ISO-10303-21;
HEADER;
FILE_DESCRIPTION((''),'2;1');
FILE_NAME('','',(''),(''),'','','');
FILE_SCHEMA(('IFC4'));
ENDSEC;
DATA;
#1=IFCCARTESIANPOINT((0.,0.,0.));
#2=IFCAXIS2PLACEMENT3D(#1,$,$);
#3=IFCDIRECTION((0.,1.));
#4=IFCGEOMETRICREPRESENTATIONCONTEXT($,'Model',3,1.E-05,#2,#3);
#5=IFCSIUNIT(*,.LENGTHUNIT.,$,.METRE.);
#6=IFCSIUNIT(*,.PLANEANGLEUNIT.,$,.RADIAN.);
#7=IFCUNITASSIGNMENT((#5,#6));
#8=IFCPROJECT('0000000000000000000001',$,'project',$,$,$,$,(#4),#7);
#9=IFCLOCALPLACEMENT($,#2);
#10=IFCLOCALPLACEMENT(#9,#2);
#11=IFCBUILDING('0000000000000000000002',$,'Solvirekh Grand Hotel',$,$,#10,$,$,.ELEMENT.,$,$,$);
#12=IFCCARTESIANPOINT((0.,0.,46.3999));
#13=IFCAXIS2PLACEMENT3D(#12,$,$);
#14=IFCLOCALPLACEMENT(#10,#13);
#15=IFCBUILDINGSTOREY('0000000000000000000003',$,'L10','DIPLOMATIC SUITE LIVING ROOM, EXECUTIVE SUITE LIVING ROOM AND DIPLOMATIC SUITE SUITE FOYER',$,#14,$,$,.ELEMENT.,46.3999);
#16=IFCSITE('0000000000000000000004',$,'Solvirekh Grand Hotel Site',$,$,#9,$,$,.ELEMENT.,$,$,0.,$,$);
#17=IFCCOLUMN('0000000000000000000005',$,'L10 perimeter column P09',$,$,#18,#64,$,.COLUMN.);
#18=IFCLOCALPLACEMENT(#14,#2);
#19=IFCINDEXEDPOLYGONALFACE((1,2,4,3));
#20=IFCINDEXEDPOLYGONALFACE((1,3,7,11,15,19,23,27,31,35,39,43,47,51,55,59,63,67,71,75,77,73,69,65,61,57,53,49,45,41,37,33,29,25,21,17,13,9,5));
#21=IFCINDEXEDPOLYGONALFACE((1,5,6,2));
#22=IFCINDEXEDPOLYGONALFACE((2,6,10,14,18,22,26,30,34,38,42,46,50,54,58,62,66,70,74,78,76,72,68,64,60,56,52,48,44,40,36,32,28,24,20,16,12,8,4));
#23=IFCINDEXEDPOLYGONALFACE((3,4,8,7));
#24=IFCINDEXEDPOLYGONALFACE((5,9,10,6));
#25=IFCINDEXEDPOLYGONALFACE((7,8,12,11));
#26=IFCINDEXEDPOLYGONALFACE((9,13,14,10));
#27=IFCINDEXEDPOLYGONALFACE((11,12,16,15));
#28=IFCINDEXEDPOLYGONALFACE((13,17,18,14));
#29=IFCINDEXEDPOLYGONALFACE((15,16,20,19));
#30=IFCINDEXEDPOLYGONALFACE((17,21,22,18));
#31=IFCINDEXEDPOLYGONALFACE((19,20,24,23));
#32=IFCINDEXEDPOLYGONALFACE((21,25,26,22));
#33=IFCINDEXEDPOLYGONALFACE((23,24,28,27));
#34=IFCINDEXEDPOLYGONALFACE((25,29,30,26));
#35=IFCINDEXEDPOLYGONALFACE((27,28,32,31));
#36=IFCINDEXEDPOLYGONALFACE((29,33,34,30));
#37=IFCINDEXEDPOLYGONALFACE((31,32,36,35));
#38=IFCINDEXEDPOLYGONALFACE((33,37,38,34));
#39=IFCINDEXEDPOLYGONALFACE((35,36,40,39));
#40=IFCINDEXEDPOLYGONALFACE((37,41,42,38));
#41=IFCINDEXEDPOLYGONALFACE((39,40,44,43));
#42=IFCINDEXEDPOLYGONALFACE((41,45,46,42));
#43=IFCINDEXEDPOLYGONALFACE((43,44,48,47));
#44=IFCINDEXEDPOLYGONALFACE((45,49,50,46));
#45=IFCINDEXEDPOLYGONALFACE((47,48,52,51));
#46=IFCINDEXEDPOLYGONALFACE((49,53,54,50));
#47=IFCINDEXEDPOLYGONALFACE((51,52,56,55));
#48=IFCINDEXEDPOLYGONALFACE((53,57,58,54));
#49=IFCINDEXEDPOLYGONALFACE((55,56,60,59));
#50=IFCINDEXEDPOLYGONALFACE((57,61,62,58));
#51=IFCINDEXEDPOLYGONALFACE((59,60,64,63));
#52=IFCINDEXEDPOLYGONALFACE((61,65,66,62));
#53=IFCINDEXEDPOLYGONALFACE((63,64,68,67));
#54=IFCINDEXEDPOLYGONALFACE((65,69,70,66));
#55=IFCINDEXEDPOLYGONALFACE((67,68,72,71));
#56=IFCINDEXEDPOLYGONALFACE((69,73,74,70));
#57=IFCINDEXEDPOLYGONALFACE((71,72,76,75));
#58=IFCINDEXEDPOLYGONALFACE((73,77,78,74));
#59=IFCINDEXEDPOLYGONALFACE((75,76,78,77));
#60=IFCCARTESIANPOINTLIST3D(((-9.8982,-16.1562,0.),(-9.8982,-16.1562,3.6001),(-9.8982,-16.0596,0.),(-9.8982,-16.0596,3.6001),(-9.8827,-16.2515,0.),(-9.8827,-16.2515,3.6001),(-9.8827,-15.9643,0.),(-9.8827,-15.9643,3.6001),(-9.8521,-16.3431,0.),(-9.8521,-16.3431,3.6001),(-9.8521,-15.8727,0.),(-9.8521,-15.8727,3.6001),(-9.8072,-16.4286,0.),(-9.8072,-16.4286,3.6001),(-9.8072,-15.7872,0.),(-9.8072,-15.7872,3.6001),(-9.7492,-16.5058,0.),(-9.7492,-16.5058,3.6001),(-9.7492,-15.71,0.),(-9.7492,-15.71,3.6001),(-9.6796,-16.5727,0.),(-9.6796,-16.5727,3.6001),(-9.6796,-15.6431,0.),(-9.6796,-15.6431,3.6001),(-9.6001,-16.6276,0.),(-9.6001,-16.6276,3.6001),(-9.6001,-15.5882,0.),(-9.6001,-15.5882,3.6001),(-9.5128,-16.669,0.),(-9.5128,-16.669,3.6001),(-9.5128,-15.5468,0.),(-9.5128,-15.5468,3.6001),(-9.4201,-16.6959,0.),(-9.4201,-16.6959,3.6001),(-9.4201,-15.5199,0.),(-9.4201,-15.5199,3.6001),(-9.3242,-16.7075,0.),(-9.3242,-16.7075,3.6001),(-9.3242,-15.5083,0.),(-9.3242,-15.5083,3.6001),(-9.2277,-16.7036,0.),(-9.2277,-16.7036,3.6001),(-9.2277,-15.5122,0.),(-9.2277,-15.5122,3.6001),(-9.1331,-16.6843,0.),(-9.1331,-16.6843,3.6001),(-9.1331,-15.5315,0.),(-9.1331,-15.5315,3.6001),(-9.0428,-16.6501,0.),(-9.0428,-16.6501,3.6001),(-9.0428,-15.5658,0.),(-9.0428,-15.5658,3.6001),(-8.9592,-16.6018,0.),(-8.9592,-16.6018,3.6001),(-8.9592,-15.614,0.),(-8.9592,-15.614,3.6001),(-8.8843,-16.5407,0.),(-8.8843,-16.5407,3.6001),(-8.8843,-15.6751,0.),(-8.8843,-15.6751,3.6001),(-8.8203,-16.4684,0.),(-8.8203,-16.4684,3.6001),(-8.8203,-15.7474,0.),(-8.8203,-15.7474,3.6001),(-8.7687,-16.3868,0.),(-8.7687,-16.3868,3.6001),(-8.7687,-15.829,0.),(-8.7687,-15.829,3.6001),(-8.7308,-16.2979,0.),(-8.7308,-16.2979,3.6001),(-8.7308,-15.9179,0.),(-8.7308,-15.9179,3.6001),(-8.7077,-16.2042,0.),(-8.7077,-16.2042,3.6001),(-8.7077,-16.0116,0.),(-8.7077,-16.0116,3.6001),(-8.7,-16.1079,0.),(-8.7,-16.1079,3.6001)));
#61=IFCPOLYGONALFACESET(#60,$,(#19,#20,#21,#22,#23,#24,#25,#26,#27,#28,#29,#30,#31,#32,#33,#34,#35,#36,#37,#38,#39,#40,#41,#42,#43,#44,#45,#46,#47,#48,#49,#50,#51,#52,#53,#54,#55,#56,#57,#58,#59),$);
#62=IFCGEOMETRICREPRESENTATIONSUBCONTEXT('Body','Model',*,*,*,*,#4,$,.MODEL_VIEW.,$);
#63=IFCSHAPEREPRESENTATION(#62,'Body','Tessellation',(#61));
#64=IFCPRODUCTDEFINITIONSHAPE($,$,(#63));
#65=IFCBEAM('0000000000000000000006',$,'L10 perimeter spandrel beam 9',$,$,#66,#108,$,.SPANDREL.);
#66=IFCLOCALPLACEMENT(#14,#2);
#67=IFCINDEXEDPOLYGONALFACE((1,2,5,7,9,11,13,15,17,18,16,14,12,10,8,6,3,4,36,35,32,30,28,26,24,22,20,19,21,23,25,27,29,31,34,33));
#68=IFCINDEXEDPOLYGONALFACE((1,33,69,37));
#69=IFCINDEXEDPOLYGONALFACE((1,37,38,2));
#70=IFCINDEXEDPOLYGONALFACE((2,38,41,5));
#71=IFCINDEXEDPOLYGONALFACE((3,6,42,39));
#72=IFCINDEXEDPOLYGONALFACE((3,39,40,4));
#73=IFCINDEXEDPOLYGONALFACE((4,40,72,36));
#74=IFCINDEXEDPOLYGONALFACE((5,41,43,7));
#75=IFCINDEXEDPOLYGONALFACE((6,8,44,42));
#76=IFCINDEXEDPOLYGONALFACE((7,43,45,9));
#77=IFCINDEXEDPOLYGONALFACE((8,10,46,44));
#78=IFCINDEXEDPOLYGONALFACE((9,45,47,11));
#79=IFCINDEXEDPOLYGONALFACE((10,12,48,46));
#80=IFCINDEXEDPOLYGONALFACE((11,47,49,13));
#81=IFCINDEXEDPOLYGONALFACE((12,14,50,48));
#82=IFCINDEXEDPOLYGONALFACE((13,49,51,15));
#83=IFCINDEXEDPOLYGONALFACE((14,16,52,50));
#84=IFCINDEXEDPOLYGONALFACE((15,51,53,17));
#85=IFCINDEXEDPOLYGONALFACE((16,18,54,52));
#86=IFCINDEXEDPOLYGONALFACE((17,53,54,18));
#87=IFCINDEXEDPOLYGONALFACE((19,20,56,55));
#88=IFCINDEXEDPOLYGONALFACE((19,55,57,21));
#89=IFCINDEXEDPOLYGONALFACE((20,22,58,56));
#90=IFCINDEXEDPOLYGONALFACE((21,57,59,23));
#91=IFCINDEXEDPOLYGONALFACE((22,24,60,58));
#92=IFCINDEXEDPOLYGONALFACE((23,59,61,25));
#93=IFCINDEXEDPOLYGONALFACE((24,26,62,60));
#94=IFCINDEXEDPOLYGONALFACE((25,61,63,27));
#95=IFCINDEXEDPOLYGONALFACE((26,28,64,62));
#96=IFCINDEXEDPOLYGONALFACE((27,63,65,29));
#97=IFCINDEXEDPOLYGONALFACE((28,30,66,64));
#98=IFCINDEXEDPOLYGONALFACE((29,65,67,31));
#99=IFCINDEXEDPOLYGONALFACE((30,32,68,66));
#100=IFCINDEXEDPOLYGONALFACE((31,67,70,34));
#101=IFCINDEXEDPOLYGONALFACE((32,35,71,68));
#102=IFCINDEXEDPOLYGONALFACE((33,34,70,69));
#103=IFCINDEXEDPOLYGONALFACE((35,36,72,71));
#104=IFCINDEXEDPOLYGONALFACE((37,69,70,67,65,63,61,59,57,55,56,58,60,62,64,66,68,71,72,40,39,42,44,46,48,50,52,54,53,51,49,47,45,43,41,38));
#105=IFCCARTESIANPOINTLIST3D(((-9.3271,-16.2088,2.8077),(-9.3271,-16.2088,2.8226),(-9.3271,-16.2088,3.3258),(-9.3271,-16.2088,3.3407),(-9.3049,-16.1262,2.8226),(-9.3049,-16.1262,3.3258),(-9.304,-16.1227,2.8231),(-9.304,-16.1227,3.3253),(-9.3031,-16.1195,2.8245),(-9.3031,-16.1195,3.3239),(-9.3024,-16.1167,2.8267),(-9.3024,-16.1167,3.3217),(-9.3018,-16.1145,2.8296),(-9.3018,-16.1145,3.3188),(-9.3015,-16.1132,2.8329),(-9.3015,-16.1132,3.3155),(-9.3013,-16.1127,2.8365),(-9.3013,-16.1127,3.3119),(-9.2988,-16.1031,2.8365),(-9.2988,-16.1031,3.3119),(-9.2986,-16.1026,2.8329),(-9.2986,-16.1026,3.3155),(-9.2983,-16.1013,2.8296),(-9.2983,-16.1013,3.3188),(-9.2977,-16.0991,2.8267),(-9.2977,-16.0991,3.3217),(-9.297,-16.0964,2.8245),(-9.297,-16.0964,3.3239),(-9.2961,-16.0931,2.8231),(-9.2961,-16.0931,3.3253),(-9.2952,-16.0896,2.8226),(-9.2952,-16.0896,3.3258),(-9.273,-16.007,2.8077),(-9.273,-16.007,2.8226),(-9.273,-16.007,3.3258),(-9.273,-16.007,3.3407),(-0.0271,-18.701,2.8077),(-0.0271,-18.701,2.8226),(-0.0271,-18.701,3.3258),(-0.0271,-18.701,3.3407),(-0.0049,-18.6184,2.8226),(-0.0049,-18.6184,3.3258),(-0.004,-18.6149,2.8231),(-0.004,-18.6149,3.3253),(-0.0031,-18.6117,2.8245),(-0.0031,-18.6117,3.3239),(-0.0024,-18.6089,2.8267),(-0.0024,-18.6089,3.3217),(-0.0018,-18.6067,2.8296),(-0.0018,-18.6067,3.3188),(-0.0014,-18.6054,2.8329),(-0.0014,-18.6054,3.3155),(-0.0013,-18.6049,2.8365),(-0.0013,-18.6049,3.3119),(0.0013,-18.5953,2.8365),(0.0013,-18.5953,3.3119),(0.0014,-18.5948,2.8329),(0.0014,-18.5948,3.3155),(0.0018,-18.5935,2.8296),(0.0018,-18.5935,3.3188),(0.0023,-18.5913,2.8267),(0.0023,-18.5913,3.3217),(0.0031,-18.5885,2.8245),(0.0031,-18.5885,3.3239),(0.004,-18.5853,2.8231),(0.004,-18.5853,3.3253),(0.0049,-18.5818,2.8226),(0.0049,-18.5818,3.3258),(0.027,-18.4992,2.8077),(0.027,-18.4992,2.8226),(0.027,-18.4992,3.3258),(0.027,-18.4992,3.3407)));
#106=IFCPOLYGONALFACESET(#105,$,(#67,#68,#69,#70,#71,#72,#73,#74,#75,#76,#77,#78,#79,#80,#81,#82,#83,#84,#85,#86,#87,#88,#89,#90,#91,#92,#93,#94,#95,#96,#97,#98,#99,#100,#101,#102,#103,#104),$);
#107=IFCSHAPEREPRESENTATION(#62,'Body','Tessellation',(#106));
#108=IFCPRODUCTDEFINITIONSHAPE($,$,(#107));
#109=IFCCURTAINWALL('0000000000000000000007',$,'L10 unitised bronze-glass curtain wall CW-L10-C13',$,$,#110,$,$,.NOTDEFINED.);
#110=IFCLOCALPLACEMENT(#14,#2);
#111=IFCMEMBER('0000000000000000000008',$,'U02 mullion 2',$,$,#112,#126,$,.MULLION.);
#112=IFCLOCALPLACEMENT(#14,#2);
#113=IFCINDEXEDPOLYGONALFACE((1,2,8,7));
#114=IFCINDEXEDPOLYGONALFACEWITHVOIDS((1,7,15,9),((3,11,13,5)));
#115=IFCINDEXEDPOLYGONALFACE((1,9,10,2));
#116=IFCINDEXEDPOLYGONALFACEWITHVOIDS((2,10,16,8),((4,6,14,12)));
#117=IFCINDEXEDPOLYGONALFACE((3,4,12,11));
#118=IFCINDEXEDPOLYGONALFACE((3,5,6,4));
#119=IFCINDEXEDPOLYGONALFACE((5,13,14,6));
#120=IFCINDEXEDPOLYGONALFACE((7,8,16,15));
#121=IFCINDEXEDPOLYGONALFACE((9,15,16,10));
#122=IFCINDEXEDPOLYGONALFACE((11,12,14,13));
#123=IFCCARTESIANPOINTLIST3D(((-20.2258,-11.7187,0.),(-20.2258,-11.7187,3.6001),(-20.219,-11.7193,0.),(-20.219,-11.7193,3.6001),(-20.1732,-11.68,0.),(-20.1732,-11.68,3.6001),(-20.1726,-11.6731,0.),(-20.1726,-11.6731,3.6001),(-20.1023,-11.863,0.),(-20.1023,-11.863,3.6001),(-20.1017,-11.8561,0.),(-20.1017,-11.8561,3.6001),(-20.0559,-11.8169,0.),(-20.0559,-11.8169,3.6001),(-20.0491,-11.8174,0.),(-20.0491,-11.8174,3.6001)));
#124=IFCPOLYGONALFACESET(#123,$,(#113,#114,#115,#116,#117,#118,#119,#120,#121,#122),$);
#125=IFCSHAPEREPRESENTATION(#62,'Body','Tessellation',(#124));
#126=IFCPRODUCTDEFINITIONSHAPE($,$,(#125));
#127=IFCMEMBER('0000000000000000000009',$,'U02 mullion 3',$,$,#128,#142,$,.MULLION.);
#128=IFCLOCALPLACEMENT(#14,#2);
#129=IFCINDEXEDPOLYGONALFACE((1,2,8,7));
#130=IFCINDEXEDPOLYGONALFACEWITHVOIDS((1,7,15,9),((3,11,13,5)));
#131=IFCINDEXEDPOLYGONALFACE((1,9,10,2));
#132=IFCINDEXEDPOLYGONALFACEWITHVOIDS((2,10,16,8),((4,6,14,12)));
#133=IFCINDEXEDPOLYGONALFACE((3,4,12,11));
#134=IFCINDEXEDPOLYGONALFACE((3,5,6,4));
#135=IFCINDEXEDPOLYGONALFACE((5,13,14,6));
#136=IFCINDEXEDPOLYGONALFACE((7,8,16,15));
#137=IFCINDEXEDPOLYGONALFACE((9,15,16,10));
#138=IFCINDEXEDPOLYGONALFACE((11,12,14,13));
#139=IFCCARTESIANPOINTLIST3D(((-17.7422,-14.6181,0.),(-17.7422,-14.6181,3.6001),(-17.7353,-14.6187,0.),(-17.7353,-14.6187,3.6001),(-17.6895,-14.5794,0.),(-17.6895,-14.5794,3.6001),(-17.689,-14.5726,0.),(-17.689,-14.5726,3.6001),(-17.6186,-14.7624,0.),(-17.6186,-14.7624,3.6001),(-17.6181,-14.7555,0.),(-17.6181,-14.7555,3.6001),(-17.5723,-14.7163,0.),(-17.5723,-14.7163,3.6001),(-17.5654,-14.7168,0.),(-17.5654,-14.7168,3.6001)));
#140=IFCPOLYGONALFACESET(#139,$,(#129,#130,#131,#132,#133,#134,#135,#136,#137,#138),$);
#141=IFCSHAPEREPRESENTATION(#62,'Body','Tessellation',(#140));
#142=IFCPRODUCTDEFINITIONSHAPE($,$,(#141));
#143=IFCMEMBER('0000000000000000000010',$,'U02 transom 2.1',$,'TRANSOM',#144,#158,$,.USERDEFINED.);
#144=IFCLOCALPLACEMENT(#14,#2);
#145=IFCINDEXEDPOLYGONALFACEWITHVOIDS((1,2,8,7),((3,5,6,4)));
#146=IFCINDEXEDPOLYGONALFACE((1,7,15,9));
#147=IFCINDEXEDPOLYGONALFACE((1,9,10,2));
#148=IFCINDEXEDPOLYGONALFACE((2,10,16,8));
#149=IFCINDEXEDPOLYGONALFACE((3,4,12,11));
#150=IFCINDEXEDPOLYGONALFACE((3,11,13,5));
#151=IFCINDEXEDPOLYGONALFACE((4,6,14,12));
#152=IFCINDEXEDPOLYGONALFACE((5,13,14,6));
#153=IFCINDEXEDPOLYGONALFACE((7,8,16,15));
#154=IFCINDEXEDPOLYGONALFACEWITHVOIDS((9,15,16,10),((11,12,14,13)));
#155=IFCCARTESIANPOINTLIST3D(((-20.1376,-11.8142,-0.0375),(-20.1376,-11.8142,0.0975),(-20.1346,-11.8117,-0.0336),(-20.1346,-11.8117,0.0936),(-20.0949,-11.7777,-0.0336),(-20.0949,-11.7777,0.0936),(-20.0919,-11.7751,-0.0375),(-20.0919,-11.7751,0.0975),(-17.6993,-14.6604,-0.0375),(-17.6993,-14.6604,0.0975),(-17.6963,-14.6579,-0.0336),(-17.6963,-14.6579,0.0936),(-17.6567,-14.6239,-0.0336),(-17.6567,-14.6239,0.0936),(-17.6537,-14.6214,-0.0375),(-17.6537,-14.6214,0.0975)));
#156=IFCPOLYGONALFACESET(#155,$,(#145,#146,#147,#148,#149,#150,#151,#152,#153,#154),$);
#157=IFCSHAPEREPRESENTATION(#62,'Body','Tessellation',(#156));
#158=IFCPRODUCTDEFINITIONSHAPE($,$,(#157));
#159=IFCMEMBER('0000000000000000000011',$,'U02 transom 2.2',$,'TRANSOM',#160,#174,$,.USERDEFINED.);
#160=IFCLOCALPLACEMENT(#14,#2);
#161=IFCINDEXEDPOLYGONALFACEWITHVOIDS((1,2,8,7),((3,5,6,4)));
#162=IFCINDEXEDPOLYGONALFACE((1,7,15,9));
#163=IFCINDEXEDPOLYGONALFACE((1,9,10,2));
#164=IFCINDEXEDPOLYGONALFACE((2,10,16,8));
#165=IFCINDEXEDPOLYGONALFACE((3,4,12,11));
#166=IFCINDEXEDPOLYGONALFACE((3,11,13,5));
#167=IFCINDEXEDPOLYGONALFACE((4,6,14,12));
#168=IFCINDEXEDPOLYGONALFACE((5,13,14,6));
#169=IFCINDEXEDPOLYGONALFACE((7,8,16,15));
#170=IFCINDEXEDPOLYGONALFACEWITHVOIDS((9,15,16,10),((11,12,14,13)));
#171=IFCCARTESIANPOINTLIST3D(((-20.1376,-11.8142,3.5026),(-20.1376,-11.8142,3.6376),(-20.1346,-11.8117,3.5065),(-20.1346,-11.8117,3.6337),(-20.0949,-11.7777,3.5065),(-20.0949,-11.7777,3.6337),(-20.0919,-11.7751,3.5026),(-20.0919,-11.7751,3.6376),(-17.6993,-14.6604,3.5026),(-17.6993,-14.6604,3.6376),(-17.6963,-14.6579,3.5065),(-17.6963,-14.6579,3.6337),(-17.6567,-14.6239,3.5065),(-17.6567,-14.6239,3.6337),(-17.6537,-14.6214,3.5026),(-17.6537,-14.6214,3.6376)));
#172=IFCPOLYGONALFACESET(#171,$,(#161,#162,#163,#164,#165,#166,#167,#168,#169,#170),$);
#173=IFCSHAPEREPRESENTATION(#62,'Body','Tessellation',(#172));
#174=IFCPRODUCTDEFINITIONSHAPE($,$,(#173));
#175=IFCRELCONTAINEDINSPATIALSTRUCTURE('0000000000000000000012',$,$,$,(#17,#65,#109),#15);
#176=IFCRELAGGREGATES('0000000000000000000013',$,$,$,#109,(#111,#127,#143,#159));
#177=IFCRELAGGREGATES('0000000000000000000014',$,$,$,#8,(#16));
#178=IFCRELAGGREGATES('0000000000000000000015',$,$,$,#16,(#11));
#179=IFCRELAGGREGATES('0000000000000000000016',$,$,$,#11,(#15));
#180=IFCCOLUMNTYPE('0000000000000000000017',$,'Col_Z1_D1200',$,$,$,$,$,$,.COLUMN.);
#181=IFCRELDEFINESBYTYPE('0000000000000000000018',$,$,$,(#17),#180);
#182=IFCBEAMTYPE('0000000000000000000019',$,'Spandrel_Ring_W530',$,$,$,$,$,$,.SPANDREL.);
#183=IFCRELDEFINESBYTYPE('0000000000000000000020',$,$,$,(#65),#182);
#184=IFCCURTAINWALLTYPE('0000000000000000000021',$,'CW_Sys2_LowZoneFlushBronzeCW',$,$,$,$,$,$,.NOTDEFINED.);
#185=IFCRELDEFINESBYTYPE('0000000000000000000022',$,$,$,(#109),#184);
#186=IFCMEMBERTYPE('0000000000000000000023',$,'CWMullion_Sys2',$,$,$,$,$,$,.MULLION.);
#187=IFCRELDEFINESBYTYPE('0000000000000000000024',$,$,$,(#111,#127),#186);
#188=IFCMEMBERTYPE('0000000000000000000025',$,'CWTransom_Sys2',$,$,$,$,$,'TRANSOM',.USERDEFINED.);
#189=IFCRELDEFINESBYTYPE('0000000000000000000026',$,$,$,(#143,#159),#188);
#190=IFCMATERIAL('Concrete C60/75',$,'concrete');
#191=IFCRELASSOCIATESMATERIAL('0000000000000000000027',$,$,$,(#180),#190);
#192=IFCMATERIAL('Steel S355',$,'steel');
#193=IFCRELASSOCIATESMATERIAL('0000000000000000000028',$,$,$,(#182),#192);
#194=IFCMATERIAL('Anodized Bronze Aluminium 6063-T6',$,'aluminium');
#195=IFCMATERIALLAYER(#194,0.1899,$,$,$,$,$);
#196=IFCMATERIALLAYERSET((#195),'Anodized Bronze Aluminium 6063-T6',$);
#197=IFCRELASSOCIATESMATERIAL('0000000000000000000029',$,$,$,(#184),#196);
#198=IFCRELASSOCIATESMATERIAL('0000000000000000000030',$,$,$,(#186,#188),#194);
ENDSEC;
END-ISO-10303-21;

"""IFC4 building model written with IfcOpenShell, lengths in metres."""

from ifc_helpers import new_model, si_unit, direction, frame, origin, origin_2d, place, context, subcontext, project, spatial, hollow_rectangle, circle, i_section, extrude, source, transform, mapped, material, layer, layer_set, material_profile, profile_set, type_object, element, aggregate, save


model = new_model("IFC4")

# Units and contexts
model_context = context("Model", 3, precision=1e-05, world=origin(), true_north=direction((0.0, 1.0)))
body_context = subcontext(model_context, "Body", "Model", "MODEL_VIEW")
ifc_project = project(units=[si_unit("LENGTHUNIT", "METRE"), si_unit("PLANEANGLEUNIT", "RADIAN")], contexts=[model_context])

# Site, building, storey
site_placement = place(None, origin())
site = spatial("IfcSite", under=ifc_project, at=site_placement, Name="Solvirekh Grand Hotel Site", CompositionType="ELEMENT", RefElevation=0.0)
building_placement = place(site_placement, origin())
building = spatial("IfcBuilding", under=site, at=building_placement, Name="Solvirekh Grand Hotel", CompositionType="ELEMENT")
storey_placement = place(building_placement, frame((0.0, 0.0, 46.3999)))
storey = spatial("IfcBuildingStorey", under=building, at=storey_placement, Name="L10", Description="DIPLOMATIC SUITE LIVING ROOM, EXECUTIVE SUITE LIVING ROOM AND DIPLOMATIC SUITE SUITE FOYER", CompositionType="ELEMENT", Elevation=46.3999)

# Column
ifc_material_1 = material(Name="Concrete C60/75", Category="concrete")
ifc_material_profile_1 = material_profile(ifc_material_1, circle(Radius=0.6001, at=origin_2d()), Name="RC CIRC D1200")
ifc_profile_set_1 = profile_set([ifc_material_profile_1], Name="Concrete C60/75")
column_type = type_object("IfcColumnType", Name="Col_Z1_D1200", PredefinedType="COLUMN", material=ifc_profile_set_1)
column_placement = place(storey_placement, frame((-9.3, -16.1079, 0.0), z_axis=(0.0, 0.0, 1.0), x_axis=(1.0, 0.0, 0.0)))
element("IfcColumn", 1, at=column_placement, inside=storey, type_object=column_type, Name="L10 perimeter column P09", PredefinedType="COLUMN", context=body_context, shape_type="SweptSolid", body=[
    extrude(circle(Radius=0.6001, at=origin_2d()), origin(), (0.0, 0.0, 1.0), 3.6001),
])

# Beam
ifc_material_2 = material(Name="Steel S355", Category="steel")
ifc_material_profile_2 = material_profile(ifc_material_2, i_section(OverallWidth=0.209, OverallDepth=0.533, WebThickness=0.01, FlangeThickness=0.0149, FilletRadius=0.0139, at=origin_2d()), Name="W530X92")
ifc_profile_set_2 = profile_set([ifc_material_profile_2], Name="Steel S355")
beam_type = type_object("IfcBeamType", Name="Spandrel_Ring_W530", PredefinedType="SPANDREL", material=ifc_profile_set_2)
beam_placement = place(storey_placement, frame((-9.3, -16.1079, 3.0742), z_axis=(0.965919, -0.258843, 0.0), x_axis=(0.258843, 0.965919, 0.0)))
element("IfcBeam", 2, at=beam_placement, inside=storey, type_object=beam_type, Name="L10 perimeter spandrel beam 9", PredefinedType="SPANDREL", context=body_context, shape_type="SweptSolid", body=[
    extrude(i_section(OverallWidth=0.209, OverallDepth=0.533, WebThickness=0.01, FlangeThickness=0.0149, FilletRadius=0.0139, at=origin_2d()), origin(), (0.0, 0.0, 1.0), 9.6282),
])

# Curtain wall, members
ifc_material_3 = material(Name="Anodized Bronze Aluminium 6063-T6", Category="aluminium")
ifc_layer_1 = layer(ifc_material_3, 0.1899)
ifc_layer_set_1 = layer_set([ifc_layer_1], Name="Anodized Bronze Aluminium 6063-T6")
curtain_wall_type = type_object("IfcCurtainWallType", Name="CW_Sys2_LowZoneFlushBronzeCW", PredefinedType="NOTDEFINED", material=ifc_layer_set_1)
curtain_wall_placement = place(storey_placement, origin())
curtain_wall = element("IfcCurtainWall", 3, at=curtain_wall_placement, inside=storey, type_object=curtain_wall_type, Name="L10 unitised bronze-glass curtain wall CW-L10-C13", PredefinedType="NOTDEFINED")
ifc_material_profile_3 = material_profile(ifc_material_3, hollow_rectangle(XDim=0.0701, YDim=0.1899, WallThickness=0.0049, at=origin_2d()), Name="ALU RHS 190X70X5")
ifc_profile_set_3 = profile_set([ifc_material_profile_3], Name="Anodized Bronze Aluminium 6063-T6")
member_type_1 = type_object("IfcMemberType", Name="CWMullion_Sys2", PredefinedType="MULLION", material=ifc_profile_set_3)
shared_shape_1 = source(origin(), body_context, "Body", "SweptSolid", [
    extrude(hollow_rectangle(XDim=0.0701, YDim=0.1899, WallThickness=0.0049, at=origin_2d()), origin(), (0.0, 0.0, 1.0), 3.6001),
])
member_1_placement = place(storey_placement, frame((-20.1375, -11.7681, 0.0), z_axis=(0.0, 0.0, 1.0), x_axis=(0.759449, 0.650567, 0.0)))
member_1 = element("IfcMember", 4, at=member_1_placement, type_object=member_type_1, Name="U02 mullion 2", PredefinedType="MULLION", context=body_context, shape_type="MappedRepresentation", body=[
    mapped(shared_shape_1, transform((0.0, 0.0, 0.0), x_axis=(1.0, 0.0, 0.0), y_axis=(0.0, 1.0, 0.0), z_axis=(0.0, 0.0, 1.0), scale=1.0)),
])
member_2_placement = place(storey_placement, frame((-17.6538, -14.6675, 0.0), z_axis=(0.0, 0.0, 1.0), x_axis=(0.759449, 0.650567, 0.0)))
member_2 = element("IfcMember", 5, at=member_2_placement, type_object=member_type_1, Name="U02 mullion 3", PredefinedType="MULLION", context=body_context, shape_type="MappedRepresentation", body=[
    mapped(shared_shape_1, transform((0.0, 0.0, 0.0), x_axis=(1.0, 0.0, 0.0), y_axis=(0.0, 1.0, 0.0), z_axis=(0.0, 0.0, 1.0), scale=1.0)),
])
ifc_material_profile_4 = material_profile(ifc_material_3, hollow_rectangle(XDim=0.0601, YDim=0.135, WallThickness=0.0039, at=origin_2d()), Name="ALU RHS 135X60X4")
ifc_profile_set_4 = profile_set([ifc_material_profile_4], Name="Anodized Bronze Aluminium 6063-T6")
member_type_2 = type_object("IfcMemberType", Name="CWTransom_Sys2", ElementType="TRANSOM", PredefinedType="USERDEFINED", material=ifc_profile_set_4)
shared_shape_2 = source(origin(), body_context, "Body", "SweptSolid", [
    extrude(hollow_rectangle(XDim=0.0601, YDim=0.135, WallThickness=0.0039, at=origin_2d()), origin(), (0.0, 0.0, 1.0), 3.7478),
])
member_3_placement = place(storey_placement, frame((-20.1147, -11.7947, 0.03), z_axis=(0.650582, -0.759436, 0.0), x_axis=(0.759436, 0.650582, 0.0)))
member_3 = element("IfcMember", 6, at=member_3_placement, type_object=member_type_2, Name="U02 transom 2.1", ObjectType="TRANSOM", PredefinedType="USERDEFINED", context=body_context, shape_type="MappedRepresentation", body=[
    mapped(shared_shape_2, transform((0.0, 0.0, 0.0), x_axis=(1.0, 0.0, 0.0), y_axis=(0.0, 1.0, 0.0), z_axis=(0.0, 0.0, 1.0), scale=1.0)),
])
member_4_placement = place(storey_placement, frame((-20.1147, -11.7947, 3.5701), z_axis=(0.650582, -0.759436, 0.0), x_axis=(0.759436, 0.650582, 0.0)))
member_4 = element("IfcMember", 7, at=member_4_placement, type_object=member_type_2, Name="U02 transom 2.2", ObjectType="TRANSOM", PredefinedType="USERDEFINED", context=body_context, shape_type="MappedRepresentation", body=[
    mapped(shared_shape_2, transform((0.0, 0.0, 0.0), x_axis=(1.0, 0.0, 0.0), y_axis=(0.0, 1.0, 0.0), z_axis=(0.0, 0.0, 1.0), scale=1.0)),
])
aggregate(curtain_wall, [member_1, member_2, member_3, member_4])

save(model, "model.ifc")
